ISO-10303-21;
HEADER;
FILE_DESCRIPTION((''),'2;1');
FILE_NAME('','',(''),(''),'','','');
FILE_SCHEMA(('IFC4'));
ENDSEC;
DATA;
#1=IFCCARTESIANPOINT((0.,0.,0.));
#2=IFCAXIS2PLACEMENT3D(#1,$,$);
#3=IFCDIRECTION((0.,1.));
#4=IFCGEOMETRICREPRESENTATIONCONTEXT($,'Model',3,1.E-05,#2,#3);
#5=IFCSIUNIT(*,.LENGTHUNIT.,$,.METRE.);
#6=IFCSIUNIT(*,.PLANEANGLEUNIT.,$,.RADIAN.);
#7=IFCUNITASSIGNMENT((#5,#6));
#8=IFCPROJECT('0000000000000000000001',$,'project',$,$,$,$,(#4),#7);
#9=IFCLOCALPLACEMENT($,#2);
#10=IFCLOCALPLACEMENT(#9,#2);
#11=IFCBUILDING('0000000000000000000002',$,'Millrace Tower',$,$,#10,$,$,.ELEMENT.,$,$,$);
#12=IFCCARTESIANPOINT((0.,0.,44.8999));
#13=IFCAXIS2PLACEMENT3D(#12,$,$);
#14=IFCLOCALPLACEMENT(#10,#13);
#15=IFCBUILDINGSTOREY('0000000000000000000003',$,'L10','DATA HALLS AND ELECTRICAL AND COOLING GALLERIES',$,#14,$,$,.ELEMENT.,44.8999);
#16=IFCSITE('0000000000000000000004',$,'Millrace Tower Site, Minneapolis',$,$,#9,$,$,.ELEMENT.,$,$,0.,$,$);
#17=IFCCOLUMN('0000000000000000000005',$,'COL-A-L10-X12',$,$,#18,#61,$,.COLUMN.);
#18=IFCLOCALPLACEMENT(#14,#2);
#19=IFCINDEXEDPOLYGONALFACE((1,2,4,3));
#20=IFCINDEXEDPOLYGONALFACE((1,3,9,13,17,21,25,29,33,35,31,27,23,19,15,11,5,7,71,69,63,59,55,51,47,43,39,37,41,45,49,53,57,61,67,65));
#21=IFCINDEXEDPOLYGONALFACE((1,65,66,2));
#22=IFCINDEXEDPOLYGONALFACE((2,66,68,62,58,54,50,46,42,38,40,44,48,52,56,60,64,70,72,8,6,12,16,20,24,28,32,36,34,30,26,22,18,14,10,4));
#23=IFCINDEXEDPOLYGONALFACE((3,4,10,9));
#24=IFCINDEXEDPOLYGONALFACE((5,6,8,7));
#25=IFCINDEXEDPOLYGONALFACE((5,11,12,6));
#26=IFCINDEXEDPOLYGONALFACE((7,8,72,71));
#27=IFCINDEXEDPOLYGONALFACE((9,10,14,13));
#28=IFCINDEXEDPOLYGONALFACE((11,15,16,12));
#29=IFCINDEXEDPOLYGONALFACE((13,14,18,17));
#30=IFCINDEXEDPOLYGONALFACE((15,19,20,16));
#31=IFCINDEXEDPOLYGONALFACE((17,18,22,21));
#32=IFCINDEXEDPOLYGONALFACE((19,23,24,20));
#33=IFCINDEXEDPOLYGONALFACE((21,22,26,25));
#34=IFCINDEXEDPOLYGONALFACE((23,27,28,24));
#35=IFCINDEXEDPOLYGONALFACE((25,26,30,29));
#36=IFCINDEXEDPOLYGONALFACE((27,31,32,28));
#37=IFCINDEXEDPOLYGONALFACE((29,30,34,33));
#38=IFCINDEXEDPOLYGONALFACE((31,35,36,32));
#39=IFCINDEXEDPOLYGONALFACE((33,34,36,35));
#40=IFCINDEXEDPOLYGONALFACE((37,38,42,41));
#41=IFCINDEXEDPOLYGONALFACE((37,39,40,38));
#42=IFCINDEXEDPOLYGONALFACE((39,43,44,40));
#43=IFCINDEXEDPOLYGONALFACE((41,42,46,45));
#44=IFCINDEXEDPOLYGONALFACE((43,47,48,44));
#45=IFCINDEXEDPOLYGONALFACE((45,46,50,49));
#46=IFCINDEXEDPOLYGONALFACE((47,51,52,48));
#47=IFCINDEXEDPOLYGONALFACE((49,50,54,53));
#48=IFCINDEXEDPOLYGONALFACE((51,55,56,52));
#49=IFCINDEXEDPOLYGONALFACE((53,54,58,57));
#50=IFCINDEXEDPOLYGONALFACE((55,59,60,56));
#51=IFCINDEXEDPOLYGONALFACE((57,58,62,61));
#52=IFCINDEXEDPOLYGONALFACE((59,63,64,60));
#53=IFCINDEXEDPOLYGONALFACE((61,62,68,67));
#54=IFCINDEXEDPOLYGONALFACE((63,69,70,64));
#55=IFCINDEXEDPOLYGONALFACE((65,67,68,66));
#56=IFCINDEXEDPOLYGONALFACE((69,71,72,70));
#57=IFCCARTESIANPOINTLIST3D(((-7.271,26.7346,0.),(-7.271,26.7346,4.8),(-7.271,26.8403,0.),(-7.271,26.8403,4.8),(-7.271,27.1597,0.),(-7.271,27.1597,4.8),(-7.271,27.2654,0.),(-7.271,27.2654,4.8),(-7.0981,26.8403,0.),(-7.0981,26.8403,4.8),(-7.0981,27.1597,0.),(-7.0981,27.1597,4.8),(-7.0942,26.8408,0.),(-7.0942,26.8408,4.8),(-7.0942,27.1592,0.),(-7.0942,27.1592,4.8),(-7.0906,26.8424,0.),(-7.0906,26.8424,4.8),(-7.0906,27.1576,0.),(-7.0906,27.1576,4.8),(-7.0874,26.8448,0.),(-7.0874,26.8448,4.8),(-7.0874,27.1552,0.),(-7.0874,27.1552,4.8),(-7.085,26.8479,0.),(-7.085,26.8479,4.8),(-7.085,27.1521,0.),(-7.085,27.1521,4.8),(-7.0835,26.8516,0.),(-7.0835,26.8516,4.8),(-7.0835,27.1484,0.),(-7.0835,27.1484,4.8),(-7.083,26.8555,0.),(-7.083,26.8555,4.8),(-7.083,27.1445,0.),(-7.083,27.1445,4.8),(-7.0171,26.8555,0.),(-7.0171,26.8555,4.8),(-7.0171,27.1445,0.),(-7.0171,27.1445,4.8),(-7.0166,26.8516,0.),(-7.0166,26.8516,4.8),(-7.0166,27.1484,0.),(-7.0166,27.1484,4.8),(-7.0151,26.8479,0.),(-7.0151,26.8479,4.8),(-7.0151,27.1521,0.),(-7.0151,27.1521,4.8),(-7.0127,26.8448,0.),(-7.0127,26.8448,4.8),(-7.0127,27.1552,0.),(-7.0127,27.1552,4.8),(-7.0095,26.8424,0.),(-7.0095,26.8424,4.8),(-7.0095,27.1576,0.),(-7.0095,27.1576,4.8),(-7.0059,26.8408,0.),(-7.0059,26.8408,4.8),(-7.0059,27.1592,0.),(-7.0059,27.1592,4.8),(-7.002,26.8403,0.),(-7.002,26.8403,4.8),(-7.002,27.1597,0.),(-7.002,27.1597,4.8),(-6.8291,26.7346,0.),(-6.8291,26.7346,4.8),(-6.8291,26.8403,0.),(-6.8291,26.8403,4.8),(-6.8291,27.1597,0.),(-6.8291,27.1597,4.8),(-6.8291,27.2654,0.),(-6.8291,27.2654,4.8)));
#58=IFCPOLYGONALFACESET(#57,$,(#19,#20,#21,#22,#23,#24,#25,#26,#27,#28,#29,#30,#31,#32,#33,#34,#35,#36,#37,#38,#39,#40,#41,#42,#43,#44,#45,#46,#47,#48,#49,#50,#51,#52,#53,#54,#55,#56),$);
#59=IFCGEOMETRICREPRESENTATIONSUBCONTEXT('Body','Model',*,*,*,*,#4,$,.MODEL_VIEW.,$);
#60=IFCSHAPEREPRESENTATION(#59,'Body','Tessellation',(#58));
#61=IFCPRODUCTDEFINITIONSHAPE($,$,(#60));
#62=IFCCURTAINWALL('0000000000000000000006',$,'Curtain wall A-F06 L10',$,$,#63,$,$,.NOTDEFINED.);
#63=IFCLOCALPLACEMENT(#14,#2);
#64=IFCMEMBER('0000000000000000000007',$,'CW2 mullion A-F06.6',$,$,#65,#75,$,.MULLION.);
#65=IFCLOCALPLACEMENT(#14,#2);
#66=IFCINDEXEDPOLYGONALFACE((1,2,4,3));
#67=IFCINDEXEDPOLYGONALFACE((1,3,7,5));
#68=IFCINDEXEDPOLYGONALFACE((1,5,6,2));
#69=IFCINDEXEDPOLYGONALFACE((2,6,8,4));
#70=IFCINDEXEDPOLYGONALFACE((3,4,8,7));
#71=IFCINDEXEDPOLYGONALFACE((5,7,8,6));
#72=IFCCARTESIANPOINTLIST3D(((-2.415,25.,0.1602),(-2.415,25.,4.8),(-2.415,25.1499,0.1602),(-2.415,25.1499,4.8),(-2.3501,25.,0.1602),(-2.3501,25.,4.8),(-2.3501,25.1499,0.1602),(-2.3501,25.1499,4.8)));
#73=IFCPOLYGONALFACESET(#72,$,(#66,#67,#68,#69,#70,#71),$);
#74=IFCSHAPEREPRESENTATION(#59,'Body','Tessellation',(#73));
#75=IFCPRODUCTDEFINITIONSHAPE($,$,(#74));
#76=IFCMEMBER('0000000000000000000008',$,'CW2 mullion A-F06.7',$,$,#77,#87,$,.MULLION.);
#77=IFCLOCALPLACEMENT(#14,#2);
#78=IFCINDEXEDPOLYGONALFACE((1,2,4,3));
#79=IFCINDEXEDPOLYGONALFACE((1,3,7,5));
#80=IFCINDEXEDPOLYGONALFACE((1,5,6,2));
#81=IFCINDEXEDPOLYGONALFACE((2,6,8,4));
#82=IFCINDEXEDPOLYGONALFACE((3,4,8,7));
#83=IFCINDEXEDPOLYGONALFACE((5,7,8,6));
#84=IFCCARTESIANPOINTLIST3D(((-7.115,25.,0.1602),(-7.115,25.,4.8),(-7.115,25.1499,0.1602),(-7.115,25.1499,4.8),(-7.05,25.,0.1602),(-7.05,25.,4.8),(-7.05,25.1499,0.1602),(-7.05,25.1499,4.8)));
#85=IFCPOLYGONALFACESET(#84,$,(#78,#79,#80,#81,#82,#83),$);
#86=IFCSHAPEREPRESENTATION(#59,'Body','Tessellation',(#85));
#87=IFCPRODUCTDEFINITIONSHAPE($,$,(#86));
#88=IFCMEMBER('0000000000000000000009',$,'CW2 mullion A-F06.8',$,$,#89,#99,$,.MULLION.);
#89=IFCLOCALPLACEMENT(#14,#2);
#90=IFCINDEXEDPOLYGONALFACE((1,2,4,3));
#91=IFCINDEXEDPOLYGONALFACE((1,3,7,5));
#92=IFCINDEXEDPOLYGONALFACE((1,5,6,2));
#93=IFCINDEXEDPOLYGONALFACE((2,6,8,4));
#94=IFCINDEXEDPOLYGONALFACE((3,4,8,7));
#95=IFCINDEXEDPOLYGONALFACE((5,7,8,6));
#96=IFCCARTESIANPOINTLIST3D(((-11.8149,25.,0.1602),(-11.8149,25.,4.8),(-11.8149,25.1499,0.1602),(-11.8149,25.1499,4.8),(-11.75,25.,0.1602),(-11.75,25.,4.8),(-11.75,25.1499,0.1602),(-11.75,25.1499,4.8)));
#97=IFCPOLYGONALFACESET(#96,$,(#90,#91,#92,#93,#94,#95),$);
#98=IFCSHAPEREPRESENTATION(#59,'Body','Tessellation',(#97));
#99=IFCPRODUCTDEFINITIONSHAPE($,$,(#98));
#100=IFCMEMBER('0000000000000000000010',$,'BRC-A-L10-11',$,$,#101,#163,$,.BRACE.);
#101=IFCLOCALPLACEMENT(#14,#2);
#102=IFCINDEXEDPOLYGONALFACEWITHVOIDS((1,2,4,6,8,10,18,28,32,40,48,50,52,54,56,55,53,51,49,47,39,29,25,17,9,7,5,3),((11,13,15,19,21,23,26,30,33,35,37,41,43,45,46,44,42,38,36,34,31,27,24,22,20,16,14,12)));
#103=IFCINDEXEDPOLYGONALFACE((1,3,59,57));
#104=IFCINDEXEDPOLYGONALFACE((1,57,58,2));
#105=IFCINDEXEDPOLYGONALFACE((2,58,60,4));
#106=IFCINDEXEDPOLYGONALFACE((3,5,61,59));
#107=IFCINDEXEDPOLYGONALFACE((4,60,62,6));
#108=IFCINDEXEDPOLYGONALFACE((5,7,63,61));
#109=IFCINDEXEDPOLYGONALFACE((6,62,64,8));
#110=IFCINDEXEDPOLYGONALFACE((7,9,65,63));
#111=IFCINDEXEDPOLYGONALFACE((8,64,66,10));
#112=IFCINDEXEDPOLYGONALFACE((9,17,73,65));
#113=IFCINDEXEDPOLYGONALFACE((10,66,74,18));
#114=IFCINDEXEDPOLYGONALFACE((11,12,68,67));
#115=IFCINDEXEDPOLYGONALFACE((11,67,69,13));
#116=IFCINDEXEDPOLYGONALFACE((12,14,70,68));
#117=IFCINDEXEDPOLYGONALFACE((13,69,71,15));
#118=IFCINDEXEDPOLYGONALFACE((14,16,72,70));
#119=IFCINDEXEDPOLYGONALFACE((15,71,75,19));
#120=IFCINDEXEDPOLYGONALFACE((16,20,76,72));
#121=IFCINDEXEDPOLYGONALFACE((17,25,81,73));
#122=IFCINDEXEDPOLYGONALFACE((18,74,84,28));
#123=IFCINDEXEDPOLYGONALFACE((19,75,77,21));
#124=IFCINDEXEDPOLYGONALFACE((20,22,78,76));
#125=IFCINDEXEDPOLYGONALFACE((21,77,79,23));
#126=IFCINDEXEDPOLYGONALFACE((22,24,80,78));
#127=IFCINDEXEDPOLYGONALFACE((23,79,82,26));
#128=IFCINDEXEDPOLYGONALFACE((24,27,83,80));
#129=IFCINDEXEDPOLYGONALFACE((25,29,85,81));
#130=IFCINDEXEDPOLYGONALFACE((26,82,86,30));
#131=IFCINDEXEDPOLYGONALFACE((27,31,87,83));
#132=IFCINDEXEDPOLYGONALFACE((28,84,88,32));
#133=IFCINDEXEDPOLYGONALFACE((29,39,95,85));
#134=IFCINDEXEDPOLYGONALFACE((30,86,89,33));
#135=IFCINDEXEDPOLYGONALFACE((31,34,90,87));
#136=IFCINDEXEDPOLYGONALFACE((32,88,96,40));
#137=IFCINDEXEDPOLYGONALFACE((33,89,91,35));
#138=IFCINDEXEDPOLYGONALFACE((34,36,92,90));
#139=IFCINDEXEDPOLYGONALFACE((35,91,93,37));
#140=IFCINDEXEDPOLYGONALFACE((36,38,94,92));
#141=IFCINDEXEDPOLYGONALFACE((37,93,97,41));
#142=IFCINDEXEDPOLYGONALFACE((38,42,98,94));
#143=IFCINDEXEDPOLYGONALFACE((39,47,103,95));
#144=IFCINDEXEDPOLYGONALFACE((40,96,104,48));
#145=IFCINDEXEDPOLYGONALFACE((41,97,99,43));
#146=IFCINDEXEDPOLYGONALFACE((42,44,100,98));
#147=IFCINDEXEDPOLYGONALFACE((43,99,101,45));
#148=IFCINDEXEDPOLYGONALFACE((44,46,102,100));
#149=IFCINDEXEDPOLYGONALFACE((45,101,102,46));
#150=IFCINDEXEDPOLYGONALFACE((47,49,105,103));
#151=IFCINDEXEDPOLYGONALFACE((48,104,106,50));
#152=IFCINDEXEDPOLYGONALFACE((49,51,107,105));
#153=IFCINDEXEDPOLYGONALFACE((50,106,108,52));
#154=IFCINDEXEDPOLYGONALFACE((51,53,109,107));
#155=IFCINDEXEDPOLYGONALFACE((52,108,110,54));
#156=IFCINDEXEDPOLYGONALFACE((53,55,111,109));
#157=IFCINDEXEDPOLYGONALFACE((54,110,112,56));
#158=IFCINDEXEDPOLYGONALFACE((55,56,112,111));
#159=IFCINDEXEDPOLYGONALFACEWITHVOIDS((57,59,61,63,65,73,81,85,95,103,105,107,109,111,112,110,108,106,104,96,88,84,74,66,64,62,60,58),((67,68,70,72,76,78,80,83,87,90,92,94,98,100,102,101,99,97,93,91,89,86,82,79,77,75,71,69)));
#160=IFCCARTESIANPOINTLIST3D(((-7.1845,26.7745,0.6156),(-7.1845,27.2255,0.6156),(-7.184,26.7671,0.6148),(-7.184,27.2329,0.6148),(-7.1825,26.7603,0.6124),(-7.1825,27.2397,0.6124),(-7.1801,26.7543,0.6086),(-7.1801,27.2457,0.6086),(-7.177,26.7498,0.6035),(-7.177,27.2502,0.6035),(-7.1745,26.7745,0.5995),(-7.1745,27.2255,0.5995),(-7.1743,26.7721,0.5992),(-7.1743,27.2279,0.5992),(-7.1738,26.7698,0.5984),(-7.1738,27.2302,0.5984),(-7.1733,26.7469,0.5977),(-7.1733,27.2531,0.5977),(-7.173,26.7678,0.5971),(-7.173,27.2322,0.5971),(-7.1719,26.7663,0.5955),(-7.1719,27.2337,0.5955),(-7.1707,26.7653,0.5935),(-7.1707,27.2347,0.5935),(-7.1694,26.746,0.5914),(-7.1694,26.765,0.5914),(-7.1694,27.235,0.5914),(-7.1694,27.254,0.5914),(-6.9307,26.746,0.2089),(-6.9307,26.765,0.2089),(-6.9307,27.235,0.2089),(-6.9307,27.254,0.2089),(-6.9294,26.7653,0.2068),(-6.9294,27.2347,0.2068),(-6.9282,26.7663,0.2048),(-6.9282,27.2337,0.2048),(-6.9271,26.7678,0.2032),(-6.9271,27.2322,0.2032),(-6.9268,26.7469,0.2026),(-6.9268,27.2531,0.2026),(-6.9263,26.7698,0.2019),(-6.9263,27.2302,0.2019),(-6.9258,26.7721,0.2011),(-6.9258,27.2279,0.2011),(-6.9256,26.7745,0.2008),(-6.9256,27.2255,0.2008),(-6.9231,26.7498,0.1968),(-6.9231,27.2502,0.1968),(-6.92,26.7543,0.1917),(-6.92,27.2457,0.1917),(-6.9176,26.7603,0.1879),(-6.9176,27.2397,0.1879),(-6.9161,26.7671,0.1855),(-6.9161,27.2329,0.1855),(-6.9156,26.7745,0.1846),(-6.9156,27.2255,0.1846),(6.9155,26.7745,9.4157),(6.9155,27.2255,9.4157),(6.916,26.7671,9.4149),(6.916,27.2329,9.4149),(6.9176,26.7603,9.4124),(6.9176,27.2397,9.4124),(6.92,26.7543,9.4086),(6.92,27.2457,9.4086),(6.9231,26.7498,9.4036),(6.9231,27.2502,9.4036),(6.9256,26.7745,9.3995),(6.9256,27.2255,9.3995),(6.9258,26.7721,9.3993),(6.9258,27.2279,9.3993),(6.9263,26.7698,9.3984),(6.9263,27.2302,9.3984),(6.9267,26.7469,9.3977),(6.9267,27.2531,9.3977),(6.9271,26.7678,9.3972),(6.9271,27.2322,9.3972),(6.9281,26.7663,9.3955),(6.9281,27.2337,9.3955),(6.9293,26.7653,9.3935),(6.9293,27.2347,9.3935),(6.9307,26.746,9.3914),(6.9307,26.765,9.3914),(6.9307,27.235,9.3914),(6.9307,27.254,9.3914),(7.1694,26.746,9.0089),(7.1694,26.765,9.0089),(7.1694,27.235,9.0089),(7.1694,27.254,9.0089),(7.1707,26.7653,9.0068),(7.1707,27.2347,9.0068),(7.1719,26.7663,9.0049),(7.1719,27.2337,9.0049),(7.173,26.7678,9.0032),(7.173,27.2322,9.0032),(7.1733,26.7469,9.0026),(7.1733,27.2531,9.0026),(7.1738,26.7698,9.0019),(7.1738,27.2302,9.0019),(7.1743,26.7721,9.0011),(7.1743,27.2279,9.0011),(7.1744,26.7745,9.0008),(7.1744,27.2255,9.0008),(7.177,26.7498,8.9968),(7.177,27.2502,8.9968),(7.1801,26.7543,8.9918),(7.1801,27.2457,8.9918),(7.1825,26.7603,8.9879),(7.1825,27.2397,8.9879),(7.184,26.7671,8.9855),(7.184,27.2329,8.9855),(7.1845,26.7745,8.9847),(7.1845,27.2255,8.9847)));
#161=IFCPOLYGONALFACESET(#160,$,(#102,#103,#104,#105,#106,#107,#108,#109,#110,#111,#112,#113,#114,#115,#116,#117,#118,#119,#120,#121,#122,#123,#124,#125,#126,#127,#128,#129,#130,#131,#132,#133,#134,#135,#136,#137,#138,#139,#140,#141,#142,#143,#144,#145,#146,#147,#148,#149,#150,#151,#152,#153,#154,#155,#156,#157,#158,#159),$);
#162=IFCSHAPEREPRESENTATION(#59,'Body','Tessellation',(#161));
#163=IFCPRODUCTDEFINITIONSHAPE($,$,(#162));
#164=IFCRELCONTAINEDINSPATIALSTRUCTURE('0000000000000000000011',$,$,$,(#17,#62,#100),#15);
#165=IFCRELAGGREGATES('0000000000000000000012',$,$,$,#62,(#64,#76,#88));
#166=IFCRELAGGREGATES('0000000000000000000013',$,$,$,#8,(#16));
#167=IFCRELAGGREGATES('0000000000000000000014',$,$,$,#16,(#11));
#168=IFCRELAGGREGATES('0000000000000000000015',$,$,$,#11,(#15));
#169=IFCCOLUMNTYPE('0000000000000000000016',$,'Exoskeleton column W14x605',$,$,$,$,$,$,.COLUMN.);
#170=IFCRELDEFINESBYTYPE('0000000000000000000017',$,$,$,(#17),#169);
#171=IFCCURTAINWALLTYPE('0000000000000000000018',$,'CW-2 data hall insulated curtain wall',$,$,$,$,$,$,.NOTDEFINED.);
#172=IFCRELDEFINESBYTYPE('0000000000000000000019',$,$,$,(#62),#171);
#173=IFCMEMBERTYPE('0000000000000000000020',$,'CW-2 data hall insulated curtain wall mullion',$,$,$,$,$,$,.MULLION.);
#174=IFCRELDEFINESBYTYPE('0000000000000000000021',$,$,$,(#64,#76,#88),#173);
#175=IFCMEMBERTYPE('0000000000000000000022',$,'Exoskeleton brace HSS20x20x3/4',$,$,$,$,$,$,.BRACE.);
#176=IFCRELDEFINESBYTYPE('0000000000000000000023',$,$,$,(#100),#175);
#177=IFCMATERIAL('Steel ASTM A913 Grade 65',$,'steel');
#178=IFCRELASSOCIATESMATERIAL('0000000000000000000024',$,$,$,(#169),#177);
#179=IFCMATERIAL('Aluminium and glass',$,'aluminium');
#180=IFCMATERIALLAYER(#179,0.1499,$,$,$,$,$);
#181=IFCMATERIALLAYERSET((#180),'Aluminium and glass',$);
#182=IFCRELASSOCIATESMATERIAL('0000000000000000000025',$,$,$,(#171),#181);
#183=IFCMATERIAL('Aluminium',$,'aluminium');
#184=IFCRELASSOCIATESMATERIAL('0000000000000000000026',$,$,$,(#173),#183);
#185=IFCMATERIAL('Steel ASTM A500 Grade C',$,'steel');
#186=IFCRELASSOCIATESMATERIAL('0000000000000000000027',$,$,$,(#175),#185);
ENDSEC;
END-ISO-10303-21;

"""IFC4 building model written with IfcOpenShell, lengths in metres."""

from ifc_helpers import new_model, si_unit, direction, frame, origin, origin_2d, place, context, subcontext, project, spatial, rectangle, hollow_rectangle, i_section, extrude, material, layer, layer_set, material_profile, profile_set, type_object, element, aggregate, save


model = new_model("IFC4")

# Units and contexts
model_context = context("Model", 3, precision=1e-05, world=origin(), true_north=direction((0.0, 1.0)))
body_context = subcontext(model_context, "Body", "Model", "MODEL_VIEW")
ifc_project = project(units=[si_unit("LENGTHUNIT", "METRE"), si_unit("PLANEANGLEUNIT", "RADIAN")], contexts=[model_context])

# Site, building, storey
site_placement = place(None, origin())
site = spatial("IfcSite", under=ifc_project, at=site_placement, Name="Millrace Tower Site, Minneapolis", CompositionType="ELEMENT", RefElevation=0.0)
building_placement = place(site_placement, origin())
building = spatial("IfcBuilding", under=site, at=building_placement, Name="Millrace Tower", CompositionType="ELEMENT")
storey_placement = place(building_placement, frame((0.0, 0.0, 44.8999)))
storey = spatial("IfcBuildingStorey", under=building, at=storey_placement, Name="L10", Description="DATA HALLS AND ELECTRICAL AND COOLING GALLERIES", CompositionType="ELEMENT", Elevation=44.8999)

# Column
ifc_material_1 = material(Name="Steel ASTM A913 Grade 65", Category="steel")
ifc_material_profile_1 = material_profile(ifc_material_1, i_section(OverallWidth=0.4419, OverallDepth=0.5308, WebThickness=0.0659, FlangeThickness=0.1057, FilletRadius=0.0151, at=origin_2d()))
ifc_profile_set_1 = profile_set([ifc_material_profile_1], Name="Steel ASTM A913 Grade 65")
column_type = type_object("IfcColumnType", Name="Exoskeleton column W14x605", PredefinedType="COLUMN", material=ifc_profile_set_1)
column_placement = place(storey_placement, frame((-7.05, 27.0, 0.0), z_axis=(0.0, 0.0, 1.0), x_axis=(-1.0, 0.0, 0.0)))
element("IfcColumn", 1, at=column_placement, inside=storey, type_object=column_type, Name="COL-A-L10-X12", PredefinedType="COLUMN", context=body_context, shape_type="SweptSolid", body=[
    extrude(i_section(OverallWidth=0.4419, OverallDepth=0.5308, WebThickness=0.0659, FlangeThickness=0.1057, FilletRadius=0.0151, at=origin_2d()), origin(), (0.0, 0.0, 1.0), 4.8),
])

# Curtain wall, members
ifc_material_2 = material(Name="Aluminium and glass", Category="aluminium")
ifc_layer_1 = layer(ifc_material_2, 0.1499)
ifc_layer_set_1 = layer_set([ifc_layer_1], Name="Aluminium and glass")
curtain_wall_type = type_object("IfcCurtainWallType", Name="CW-2 data hall insulated curtain wall", PredefinedType="NOTDEFINED", material=ifc_layer_set_1)
placement = place(storey_placement, origin())
curtain_wall = element("IfcCurtainWall", 2, at=placement, inside=storey, type_object=curtain_wall_type, Name="Curtain wall A-F06 L10", PredefinedType="NOTDEFINED")
ifc_material_3 = material(Name="Aluminium", Category="aluminium")
ifc_material_profile_2 = material_profile(ifc_material_3, rectangle(XDim=0.0649, YDim=0.1499, at=origin_2d()))
ifc_profile_set_2 = profile_set([ifc_material_profile_2], Name="Aluminium")
member_type_1 = type_object("IfcMemberType", Name="CW-2 data hall insulated curtain wall mullion", PredefinedType="MULLION", material=ifc_profile_set_2)
member_1_placement = place(storey_placement, frame((-2.3826, 25.075, 0.1602), z_axis=(0.0, 0.0, 1.0), x_axis=(-1.0, 0.0, 0.0)))
member_1 = element("IfcMember", 3, at=member_1_placement, type_object=member_type_1, Name="CW2 mullion A-F06.6", PredefinedType="MULLION", context=body_context, shape_type="SweptSolid", body=[
    extrude(rectangle(XDim=0.0649, YDim=0.1499, at=origin_2d()), origin(), (0.0, 0.0, 1.0), 4.6399),
])
member_2_placement = place(storey_placement, frame((-7.0825, 25.075, 0.1602), z_axis=(0.0, 0.0, 1.0), x_axis=(-1.0, 0.0, 0.0)))
member_2 = element("IfcMember", 4, at=member_2_placement, type_object=member_type_1, Name="CW2 mullion A-F06.7", PredefinedType="MULLION", context=body_context, shape_type="SweptSolid", body=[
    extrude(rectangle(XDim=0.0649, YDim=0.1499, at=origin_2d()), origin(), (0.0, 0.0, 1.0), 4.6399),
])
member_3_placement = place(storey_placement, frame((-11.7825, 25.075, 0.1602), z_axis=(0.0, 0.0, 1.0), x_axis=(-1.0, 0.0, 0.0)))
member_3 = element("IfcMember", 5, at=member_3_placement, type_object=member_type_1, Name="CW2 mullion A-F06.8", PredefinedType="MULLION", context=body_context, shape_type="SweptSolid", body=[
    extrude(rectangle(XDim=0.0649, YDim=0.1499, at=origin_2d()), origin(), (0.0, 0.0, 1.0), 4.6399),
])
aggregate(curtain_wall, [member_1, member_2, member_3])

# Member
ifc_material_4 = material(Name="Steel ASTM A500 Grade C", Category="steel")
ifc_material_profile_3 = material_profile(ifc_material_4, hollow_rectangle(XDim=0.5081, YDim=0.5081, WallThickness=0.019, InnerFilletRadius=0.0095, OuterFilletRadius=0.0286, at=origin_2d()))
ifc_profile_set_3 = profile_set([ifc_material_profile_3], Name="Steel ASTM A500 Grade C")
member_type_2 = type_object("IfcMemberType", Name="Exoskeleton brace HSS20x20x3/4", PredefinedType="BRACE", material=ifc_profile_set_3)
member_4_placement = place(storey_placement, frame((-7.05, 27.0, 0.4001), z_axis=(0.848336, 0.0, 0.529457), x_axis=(0.0, 1.0, 0.0)))
element("IfcMember", 6, at=member_4_placement, inside=storey, type_object=member_type_2, Name="BRC-A-L10-11", PredefinedType="BRACE", context=body_context, shape_type="SweptSolid", body=[
    extrude(hollow_rectangle(XDim=0.5081, YDim=0.5081, WallThickness=0.019, InnerFilletRadius=0.0095, OuterFilletRadius=0.0286, at=origin_2d()), origin(), (0.0, 0.0, 1.0), 16.6208),
])

save(model, "model.ifc")
